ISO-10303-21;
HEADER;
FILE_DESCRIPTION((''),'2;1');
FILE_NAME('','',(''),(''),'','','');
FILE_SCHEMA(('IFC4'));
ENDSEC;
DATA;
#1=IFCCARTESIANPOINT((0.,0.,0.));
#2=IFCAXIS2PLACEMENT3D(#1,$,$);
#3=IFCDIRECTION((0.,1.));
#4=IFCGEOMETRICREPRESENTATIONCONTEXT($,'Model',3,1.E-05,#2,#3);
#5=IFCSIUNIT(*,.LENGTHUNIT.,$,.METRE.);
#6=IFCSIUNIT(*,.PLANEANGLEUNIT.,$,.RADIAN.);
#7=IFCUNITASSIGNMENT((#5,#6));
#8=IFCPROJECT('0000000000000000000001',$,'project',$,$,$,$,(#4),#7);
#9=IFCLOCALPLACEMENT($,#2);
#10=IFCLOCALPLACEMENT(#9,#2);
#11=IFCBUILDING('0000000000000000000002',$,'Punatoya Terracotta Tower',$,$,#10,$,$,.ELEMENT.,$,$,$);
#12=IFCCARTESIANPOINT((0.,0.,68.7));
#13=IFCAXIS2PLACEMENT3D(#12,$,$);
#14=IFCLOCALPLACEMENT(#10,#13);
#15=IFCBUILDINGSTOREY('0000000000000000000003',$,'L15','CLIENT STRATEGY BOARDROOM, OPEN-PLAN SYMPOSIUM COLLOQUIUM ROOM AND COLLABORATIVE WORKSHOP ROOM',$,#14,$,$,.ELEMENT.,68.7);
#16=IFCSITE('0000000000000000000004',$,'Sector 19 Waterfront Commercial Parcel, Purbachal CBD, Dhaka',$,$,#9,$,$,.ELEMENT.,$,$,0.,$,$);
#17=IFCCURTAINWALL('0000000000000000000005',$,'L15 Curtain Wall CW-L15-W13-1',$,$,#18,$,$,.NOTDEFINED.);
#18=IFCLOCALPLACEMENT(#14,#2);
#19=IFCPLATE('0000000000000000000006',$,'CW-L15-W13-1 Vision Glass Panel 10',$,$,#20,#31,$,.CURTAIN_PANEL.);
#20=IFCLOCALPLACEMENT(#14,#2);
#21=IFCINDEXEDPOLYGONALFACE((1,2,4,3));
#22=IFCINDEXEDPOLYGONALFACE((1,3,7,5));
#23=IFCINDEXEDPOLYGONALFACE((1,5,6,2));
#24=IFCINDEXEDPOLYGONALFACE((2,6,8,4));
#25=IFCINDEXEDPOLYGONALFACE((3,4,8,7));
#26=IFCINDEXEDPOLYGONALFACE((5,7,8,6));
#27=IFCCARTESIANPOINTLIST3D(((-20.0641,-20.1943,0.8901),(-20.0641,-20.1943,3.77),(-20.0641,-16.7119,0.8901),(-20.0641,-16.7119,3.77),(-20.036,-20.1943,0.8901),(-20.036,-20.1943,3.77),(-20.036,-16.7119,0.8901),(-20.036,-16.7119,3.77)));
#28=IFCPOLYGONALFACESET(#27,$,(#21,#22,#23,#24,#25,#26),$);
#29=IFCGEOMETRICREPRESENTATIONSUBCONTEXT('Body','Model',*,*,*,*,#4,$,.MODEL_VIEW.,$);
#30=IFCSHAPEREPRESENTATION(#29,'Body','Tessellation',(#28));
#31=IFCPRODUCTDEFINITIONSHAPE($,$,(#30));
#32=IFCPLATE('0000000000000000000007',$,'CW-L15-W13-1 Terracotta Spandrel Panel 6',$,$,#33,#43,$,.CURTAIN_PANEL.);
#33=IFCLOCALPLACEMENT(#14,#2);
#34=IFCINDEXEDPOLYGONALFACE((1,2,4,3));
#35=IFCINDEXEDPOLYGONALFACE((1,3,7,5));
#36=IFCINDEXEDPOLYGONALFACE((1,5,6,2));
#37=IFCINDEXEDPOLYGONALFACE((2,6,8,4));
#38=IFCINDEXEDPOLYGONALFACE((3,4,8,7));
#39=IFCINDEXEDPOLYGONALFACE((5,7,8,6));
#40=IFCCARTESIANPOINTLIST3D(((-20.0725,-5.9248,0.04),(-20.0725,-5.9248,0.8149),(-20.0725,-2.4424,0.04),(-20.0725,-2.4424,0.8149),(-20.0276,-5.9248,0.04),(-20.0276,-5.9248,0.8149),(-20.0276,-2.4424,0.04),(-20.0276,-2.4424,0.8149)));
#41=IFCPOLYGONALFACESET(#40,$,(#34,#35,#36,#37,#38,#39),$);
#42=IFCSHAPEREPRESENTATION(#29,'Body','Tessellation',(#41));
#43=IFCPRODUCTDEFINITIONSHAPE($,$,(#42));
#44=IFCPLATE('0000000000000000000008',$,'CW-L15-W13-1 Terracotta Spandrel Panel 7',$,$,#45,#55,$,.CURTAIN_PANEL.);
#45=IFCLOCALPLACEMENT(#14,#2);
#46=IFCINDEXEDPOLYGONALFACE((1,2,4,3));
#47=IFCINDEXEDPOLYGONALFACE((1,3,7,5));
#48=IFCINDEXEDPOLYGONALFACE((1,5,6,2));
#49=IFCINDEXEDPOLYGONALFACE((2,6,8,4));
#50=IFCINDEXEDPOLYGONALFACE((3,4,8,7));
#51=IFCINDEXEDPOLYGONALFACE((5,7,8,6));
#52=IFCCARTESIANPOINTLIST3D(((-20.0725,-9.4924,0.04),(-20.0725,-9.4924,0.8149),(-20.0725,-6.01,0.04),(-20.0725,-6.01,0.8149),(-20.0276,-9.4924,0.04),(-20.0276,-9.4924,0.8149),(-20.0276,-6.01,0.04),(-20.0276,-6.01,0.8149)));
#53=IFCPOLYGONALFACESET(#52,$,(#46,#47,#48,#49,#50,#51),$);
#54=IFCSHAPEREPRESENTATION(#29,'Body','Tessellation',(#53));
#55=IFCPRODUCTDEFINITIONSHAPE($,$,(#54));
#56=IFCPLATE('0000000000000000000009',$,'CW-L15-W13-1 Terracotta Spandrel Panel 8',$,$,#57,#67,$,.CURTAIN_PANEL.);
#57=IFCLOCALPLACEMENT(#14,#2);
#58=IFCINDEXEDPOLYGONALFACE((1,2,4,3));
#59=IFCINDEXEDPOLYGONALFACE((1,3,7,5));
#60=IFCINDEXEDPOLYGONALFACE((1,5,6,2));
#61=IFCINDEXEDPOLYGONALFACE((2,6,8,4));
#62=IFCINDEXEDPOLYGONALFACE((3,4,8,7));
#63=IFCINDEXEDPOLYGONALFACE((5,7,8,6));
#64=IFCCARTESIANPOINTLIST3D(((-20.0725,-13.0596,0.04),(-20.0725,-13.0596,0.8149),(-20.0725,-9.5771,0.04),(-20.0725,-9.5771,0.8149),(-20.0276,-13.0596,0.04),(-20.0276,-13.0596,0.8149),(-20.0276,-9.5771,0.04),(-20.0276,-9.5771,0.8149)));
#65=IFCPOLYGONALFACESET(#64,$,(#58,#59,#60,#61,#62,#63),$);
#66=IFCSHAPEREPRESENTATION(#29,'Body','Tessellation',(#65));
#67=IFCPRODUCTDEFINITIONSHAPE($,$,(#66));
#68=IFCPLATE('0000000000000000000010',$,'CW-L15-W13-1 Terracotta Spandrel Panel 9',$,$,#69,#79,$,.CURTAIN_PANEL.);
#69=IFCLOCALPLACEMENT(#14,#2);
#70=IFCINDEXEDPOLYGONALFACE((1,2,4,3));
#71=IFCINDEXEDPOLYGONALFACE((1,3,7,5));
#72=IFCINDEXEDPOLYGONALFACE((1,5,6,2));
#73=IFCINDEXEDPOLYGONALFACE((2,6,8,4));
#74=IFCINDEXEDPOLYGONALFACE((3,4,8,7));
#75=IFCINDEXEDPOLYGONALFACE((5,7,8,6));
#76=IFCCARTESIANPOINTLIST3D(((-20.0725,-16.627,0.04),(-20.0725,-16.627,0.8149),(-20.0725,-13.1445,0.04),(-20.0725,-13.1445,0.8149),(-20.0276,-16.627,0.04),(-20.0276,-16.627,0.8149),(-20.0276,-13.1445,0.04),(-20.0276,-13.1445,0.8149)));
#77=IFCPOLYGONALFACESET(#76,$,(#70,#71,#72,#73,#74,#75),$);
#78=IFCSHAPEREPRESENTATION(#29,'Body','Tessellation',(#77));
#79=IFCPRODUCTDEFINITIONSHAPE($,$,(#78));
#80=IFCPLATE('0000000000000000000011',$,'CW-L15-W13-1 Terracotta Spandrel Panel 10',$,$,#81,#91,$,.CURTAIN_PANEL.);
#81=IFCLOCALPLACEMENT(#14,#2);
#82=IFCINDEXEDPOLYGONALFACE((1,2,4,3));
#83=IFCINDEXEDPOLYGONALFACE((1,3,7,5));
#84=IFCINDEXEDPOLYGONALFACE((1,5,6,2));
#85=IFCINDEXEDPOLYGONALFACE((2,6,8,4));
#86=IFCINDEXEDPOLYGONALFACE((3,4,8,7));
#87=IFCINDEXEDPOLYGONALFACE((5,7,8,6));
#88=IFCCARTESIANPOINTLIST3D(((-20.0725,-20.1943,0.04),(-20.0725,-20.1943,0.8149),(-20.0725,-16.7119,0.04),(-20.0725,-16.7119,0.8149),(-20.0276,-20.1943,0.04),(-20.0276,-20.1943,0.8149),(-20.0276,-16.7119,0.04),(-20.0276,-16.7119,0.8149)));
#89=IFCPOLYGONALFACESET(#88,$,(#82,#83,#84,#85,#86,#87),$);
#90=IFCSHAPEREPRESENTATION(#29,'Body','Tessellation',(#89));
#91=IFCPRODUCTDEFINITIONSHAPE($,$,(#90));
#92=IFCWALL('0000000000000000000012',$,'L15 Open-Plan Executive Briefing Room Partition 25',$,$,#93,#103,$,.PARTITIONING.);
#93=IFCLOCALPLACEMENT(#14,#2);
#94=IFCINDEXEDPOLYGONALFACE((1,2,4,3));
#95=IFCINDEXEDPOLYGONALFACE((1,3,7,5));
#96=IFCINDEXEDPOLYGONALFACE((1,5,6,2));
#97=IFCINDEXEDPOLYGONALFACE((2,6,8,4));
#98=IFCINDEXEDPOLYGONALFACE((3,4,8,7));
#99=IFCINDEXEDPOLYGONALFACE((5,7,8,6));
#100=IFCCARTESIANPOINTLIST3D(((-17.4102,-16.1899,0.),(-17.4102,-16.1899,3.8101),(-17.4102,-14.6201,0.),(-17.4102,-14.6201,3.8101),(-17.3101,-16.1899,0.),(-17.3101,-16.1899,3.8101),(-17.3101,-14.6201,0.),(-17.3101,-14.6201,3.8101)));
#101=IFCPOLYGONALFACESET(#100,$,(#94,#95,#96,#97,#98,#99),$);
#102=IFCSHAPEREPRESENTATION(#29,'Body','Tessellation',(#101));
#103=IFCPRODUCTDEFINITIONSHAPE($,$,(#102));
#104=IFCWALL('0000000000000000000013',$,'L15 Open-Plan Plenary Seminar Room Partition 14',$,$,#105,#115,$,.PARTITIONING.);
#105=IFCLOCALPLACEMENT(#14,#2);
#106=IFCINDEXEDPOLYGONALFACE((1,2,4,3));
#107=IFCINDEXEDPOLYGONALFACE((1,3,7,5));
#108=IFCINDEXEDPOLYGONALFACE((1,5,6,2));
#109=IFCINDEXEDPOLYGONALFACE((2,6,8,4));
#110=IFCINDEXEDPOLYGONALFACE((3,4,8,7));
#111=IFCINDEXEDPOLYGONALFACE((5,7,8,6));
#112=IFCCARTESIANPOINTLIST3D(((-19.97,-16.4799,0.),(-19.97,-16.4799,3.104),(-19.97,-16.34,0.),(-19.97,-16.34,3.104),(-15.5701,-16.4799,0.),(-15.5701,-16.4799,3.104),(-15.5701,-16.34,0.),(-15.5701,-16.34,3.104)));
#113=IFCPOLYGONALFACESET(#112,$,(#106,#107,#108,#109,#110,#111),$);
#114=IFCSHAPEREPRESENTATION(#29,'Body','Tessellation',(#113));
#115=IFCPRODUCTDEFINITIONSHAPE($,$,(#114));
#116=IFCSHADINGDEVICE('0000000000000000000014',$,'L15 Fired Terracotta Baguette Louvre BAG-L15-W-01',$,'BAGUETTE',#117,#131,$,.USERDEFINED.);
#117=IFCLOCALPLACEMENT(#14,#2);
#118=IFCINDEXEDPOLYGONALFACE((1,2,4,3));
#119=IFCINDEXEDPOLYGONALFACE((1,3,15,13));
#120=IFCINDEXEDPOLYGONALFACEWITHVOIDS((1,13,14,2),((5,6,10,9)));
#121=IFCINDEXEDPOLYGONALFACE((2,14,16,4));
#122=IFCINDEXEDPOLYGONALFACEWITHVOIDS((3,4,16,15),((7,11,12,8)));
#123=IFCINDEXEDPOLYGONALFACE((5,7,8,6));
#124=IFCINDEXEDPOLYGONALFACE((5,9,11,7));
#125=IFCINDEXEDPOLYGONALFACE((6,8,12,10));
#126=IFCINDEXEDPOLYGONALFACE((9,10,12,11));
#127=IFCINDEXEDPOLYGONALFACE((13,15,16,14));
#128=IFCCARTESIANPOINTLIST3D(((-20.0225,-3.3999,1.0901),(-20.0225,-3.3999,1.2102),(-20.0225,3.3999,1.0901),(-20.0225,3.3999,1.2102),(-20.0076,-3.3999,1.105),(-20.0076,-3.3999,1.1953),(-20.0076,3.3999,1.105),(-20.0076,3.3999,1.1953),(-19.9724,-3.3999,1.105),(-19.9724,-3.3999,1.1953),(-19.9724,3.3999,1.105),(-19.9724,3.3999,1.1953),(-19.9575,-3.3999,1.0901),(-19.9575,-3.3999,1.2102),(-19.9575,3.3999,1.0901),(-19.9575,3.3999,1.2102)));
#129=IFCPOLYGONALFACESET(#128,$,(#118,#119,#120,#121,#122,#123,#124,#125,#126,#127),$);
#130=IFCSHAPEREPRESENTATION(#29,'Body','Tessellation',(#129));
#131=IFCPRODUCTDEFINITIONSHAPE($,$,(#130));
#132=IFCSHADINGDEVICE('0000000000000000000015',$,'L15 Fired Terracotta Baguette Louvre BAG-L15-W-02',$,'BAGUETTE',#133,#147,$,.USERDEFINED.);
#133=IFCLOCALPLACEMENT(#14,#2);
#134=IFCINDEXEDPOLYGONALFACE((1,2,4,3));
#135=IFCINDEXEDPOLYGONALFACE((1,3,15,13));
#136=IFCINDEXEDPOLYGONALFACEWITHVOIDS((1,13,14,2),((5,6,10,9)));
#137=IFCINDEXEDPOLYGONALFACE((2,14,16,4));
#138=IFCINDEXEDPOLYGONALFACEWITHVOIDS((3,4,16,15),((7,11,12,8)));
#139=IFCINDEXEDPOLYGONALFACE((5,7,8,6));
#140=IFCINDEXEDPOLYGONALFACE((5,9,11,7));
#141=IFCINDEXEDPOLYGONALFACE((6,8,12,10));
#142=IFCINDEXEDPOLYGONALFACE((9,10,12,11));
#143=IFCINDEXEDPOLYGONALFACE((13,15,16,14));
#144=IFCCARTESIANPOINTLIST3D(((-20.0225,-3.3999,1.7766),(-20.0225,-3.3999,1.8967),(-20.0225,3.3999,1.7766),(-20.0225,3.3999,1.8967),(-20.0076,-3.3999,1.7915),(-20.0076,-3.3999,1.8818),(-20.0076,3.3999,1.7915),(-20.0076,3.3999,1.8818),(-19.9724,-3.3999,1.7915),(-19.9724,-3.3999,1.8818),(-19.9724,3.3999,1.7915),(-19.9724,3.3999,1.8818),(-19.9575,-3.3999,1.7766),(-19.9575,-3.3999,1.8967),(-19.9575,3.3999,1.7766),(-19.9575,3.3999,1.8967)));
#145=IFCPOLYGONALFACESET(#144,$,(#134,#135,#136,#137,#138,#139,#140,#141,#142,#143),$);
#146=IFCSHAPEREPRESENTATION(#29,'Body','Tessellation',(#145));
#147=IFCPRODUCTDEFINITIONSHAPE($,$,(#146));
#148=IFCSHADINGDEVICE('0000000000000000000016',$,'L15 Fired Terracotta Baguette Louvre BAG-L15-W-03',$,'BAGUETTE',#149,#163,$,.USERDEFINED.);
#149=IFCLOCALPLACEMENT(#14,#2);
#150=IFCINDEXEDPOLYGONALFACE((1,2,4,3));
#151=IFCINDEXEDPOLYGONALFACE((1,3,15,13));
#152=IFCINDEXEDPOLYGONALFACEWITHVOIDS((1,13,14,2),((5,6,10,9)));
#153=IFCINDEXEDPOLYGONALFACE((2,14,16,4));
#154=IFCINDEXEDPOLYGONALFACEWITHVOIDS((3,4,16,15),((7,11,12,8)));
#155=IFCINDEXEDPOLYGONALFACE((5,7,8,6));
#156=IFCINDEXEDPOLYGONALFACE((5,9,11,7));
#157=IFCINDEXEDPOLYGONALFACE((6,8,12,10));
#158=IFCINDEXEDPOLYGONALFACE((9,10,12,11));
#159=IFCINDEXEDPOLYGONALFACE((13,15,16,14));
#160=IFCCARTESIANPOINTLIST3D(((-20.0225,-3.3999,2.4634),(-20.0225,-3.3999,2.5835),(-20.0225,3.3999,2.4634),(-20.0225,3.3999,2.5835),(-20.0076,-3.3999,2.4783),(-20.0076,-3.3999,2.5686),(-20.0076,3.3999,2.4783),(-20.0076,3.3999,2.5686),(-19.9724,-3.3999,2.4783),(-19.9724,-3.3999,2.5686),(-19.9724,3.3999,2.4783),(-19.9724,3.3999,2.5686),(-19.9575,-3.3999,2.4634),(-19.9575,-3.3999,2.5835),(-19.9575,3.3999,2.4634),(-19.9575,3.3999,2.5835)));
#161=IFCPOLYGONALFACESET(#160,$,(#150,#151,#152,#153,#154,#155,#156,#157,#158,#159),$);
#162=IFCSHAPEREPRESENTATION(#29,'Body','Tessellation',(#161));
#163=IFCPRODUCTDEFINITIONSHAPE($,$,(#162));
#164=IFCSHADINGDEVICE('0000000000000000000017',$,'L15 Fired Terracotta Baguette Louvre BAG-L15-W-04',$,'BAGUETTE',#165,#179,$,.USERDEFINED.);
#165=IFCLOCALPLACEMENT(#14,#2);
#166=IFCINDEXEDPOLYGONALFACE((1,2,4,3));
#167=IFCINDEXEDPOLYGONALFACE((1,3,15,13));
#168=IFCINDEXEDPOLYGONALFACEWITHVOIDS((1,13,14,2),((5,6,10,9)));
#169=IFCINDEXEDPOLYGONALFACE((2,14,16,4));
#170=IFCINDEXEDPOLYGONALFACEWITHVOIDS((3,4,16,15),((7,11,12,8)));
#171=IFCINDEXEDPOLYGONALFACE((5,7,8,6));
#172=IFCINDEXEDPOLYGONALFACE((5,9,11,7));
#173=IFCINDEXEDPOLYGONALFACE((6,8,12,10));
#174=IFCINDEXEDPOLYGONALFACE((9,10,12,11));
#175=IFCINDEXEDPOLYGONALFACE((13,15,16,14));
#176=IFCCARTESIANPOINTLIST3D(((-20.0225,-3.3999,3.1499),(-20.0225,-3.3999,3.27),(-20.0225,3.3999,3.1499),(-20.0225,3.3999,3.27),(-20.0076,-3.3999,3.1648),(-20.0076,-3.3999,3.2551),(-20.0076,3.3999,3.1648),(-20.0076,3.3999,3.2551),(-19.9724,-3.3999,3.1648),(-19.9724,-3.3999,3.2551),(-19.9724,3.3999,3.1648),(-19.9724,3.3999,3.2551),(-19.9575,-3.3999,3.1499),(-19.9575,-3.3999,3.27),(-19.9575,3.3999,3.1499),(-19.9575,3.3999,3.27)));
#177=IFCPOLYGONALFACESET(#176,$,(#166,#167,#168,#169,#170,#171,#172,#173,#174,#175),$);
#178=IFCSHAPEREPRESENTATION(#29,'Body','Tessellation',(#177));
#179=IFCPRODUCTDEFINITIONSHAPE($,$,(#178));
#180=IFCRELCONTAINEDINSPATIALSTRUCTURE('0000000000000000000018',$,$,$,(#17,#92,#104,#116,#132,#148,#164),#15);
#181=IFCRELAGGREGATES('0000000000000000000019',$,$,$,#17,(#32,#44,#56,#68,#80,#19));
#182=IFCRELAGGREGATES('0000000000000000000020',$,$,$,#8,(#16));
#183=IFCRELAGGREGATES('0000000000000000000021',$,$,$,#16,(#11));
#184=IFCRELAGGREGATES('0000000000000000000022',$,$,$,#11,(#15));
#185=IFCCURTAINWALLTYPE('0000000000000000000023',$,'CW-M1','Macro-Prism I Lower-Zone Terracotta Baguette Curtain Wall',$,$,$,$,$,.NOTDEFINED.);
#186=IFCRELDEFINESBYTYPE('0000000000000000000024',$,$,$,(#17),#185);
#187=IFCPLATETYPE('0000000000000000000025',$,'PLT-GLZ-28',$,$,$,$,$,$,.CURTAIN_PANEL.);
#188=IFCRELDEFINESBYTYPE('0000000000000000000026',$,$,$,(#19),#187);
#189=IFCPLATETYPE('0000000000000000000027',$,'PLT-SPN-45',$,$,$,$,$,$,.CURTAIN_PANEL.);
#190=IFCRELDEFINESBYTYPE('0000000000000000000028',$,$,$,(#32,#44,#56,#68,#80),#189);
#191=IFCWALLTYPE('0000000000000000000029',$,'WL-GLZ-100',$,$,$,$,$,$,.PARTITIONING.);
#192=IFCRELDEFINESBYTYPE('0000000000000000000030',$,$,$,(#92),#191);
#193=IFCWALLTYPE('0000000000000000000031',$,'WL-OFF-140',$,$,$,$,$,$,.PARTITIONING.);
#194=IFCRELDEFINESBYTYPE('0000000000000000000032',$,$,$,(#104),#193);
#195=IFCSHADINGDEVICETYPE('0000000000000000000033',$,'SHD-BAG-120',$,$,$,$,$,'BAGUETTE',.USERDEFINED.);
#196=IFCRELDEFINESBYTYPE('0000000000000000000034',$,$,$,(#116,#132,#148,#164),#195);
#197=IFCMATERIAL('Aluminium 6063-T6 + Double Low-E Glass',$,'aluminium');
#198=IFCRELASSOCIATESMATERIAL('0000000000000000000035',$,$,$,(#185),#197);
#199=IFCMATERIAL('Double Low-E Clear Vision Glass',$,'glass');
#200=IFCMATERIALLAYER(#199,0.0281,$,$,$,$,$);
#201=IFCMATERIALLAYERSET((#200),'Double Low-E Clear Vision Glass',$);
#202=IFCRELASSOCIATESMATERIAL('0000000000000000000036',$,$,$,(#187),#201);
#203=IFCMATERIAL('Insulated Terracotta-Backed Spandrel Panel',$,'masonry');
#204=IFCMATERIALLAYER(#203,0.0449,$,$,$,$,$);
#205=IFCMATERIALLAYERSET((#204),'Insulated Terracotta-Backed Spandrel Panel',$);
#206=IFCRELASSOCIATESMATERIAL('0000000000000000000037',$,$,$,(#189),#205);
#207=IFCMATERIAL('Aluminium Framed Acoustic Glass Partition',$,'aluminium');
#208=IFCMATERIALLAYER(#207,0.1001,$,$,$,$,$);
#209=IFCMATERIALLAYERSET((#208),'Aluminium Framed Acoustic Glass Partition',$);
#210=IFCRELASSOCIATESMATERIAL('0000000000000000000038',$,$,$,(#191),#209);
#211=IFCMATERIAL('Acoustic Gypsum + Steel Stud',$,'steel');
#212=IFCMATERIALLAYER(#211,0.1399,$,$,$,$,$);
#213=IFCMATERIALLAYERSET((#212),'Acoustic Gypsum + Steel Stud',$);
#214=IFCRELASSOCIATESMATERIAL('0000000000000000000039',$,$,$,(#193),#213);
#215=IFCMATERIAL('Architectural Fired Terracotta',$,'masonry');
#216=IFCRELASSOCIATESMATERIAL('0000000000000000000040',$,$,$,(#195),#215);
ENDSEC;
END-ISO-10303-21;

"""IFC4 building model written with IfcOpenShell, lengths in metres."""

from ifc_helpers import new_model, si_unit, direction, frame, frame_2d, origin, origin_2d, place, context, subcontext, project, spatial, rectangle, hollow_rectangle, extrude, material, layer, layer_set, material_profile, profile_set, type_object, element, aggregate, save


model = new_model("IFC4")

# Units and contexts
model_context = context("Model", 3, precision=1e-05, world=origin(), true_north=direction((0.0, 1.0)))
body_context = subcontext(model_context, "Body", "Model", "MODEL_VIEW")
ifc_project = project(units=[si_unit("LENGTHUNIT", "METRE"), si_unit("PLANEANGLEUNIT", "RADIAN")], contexts=[model_context])

# Site, building, storey
site_placement = place(None, origin())
site = spatial("IfcSite", under=ifc_project, at=site_placement, Name="Sector 19 Waterfront Commercial Parcel, Purbachal CBD, Dhaka", CompositionType="ELEMENT", RefElevation=0.0)
building_placement = place(site_placement, origin())
building = spatial("IfcBuilding", under=site, at=building_placement, Name="Punatoya Terracotta Tower", CompositionType="ELEMENT")
storey_placement = place(building_placement, frame((0.0, 0.0, 68.7)))
storey = spatial("IfcBuildingStorey", under=building, at=storey_placement, Name="L15", Description="CLIENT STRATEGY BOARDROOM, OPEN-PLAN SYMPOSIUM COLLOQUIUM ROOM AND COLLABORATIVE WORKSHOP ROOM", CompositionType="ELEMENT", Elevation=68.7)

# Curtain wall, plates
ifc_material_1 = material(Name="Aluminium 6063-T6 + Double Low-E Glass", Category="aluminium")
curtain_wall_type = type_object("IfcCurtainWallType", Name="CW-M1", Description="Macro-Prism I Lower-Zone Terracotta Baguette Curtain Wall", PredefinedType="NOTDEFINED", material=ifc_material_1)
curtain_wall_placement = place(storey_placement, origin())
curtain_wall = element("IfcCurtainWall", 1, at=curtain_wall_placement, inside=storey, type_object=curtain_wall_type, Name="L15 Curtain Wall CW-L15-W13-1", PredefinedType="NOTDEFINED")
ifc_material_2 = material(Name="Double Low-E Clear Vision Glass", Category="glass")
ifc_layer_1 = layer(ifc_material_2, 0.0281)
ifc_layer_set_1 = layer_set([ifc_layer_1], Name="Double Low-E Clear Vision Glass")
plate_type_1 = type_object("IfcPlateType", Name="PLT-GLZ-28", PredefinedType="CURTAIN_PANEL", material=ifc_layer_set_1)
plate_1_placement = place(storey_placement, frame((-20.05, -18.4531, 0.8901), z_axis=(0.0, 0.0, 1.0), x_axis=(0.0, -1.0, 0.0)))
plate_1 = element("IfcPlate", 2, at=plate_1_placement, type_object=plate_type_1, Name="CW-L15-W13-1 Vision Glass Panel 10", PredefinedType="CURTAIN_PANEL", context=body_context, shape_type="SweptSolid", body=[
    extrude(rectangle(XDim=3.4824, YDim=0.0281, at=origin_2d()), origin(), (0.0, 0.0, 1.0), 2.8799),
])
ifc_material_3 = material(Name="Insulated Terracotta-Backed Spandrel Panel", Category="masonry")
ifc_layer_2 = layer(ifc_material_3, 0.0449)
ifc_layer_set_2 = layer_set([ifc_layer_2], Name="Insulated Terracotta-Backed Spandrel Panel")
plate_type_2 = type_object("IfcPlateType", Name="PLT-SPN-45", PredefinedType="CURTAIN_PANEL", material=ifc_layer_set_2)
plate_2_placement = place(storey_placement, frame((-20.05, -4.1836, 0.04), z_axis=(0.0, 0.0, 1.0), x_axis=(0.0, -1.0, 0.0)))
plate_2 = element("IfcPlate", 3, at=plate_2_placement, type_object=plate_type_2, Name="CW-L15-W13-1 Terracotta Spandrel Panel 6", PredefinedType="CURTAIN_PANEL", context=body_context, shape_type="SweptSolid", body=[
    extrude(rectangle(XDim=3.4824, YDim=0.0449, at=origin_2d()), origin(), (0.0, 0.0, 1.0), 0.7749),
])
plate_3_placement = place(storey_placement, frame((-20.05, -7.7512, 0.04), z_axis=(0.0, 0.0, 1.0), x_axis=(0.0, -1.0, 0.0)))
plate_3 = element("IfcPlate", 4, at=plate_3_placement, type_object=plate_type_2, Name="CW-L15-W13-1 Terracotta Spandrel Panel 7", PredefinedType="CURTAIN_PANEL", context=body_context, shape_type="SweptSolid", body=[
    extrude(rectangle(XDim=3.4824, YDim=0.0449, at=origin_2d()), origin(), (0.0, 0.0, 1.0), 0.7749),
])
plate_4_placement = place(storey_placement, frame((-20.05, -11.3184, 0.04), z_axis=(0.0, 0.0, 1.0), x_axis=(0.0, -1.0, 0.0)))
plate_4 = element("IfcPlate", 5, at=plate_4_placement, type_object=plate_type_2, Name="CW-L15-W13-1 Terracotta Spandrel Panel 8", PredefinedType="CURTAIN_PANEL", context=body_context, shape_type="SweptSolid", body=[
    extrude(rectangle(XDim=3.4824, YDim=0.0449, at=origin_2d()), origin(), (0.0, 0.0, 1.0), 0.7749),
])
plate_5_placement = place(storey_placement, frame((-20.05, -14.8857, 0.04), z_axis=(0.0, 0.0, 1.0), x_axis=(0.0, -1.0, 0.0)))
plate_5 = element("IfcPlate", 6, at=plate_5_placement, type_object=plate_type_2, Name="CW-L15-W13-1 Terracotta Spandrel Panel 9", PredefinedType="CURTAIN_PANEL", context=body_context, shape_type="SweptSolid", body=[
    extrude(rectangle(XDim=3.4824, YDim=0.0449, at=origin_2d()), origin(), (0.0, 0.0, 1.0), 0.7749),
])
plate_6_placement = place(storey_placement, frame((-20.05, -18.4531, 0.04), z_axis=(0.0, 0.0, 1.0), x_axis=(0.0, -1.0, 0.0)))
plate_6 = element("IfcPlate", 7, at=plate_6_placement, type_object=plate_type_2, Name="CW-L15-W13-1 Terracotta Spandrel Panel 10", PredefinedType="CURTAIN_PANEL", context=body_context, shape_type="SweptSolid", body=[
    extrude(rectangle(XDim=3.4824, YDim=0.0449, at=origin_2d()), origin(), (0.0, 0.0, 1.0), 0.7749),
])
aggregate(curtain_wall, [plate_2, plate_3, plate_4, plate_5, plate_6, plate_1])

# Walls
ifc_material_4 = material(Name="Aluminium Framed Acoustic Glass Partition", Category="aluminium")
ifc_layer_3 = layer(ifc_material_4, 0.1001)
ifc_layer_set_3 = layer_set([ifc_layer_3], Name="Aluminium Framed Acoustic Glass Partition")
wall_type_1 = type_object("IfcWallType", Name="WL-GLZ-100", PredefinedType="PARTITIONING", material=ifc_layer_set_3)
wall_1_placement = place(storey_placement, frame((-17.3601, -14.6201, 0.0), z_axis=(0.0, 0.0, 1.0), x_axis=(0.0, -1.0, 0.0)))
element("IfcWall", 8, at=wall_1_placement, inside=storey, type_object=wall_type_1, Name="L15 Open-Plan Executive Briefing Room Partition 25", PredefinedType="PARTITIONING", context=body_context, shape_type="SweptSolid", body=[
    extrude(rectangle(XDim=1.5698, YDim=0.1001, at=frame_2d((0.7849, 0.0))), origin(), (0.0, 0.0, 1.0), 3.8101),
])
ifc_material_5 = material(Name="Acoustic Gypsum + Steel Stud", Category="steel")
ifc_layer_4 = layer(ifc_material_5, 0.1399)
ifc_layer_set_4 = layer_set([ifc_layer_4], Name="Acoustic Gypsum + Steel Stud")
wall_type_2 = type_object("IfcWallType", Name="WL-OFF-140", PredefinedType="PARTITIONING", material=ifc_layer_set_4)
wall_2_placement = place(storey_placement, frame((-19.97, -16.4099, 0.0), z_axis=(0.0, 0.0, 1.0), x_axis=(1.0, 0.0, 0.0)))
element("IfcWall", 9, at=wall_2_placement, inside=storey, type_object=wall_type_2, Name="L15 Open-Plan Plenary Seminar Room Partition 14", PredefinedType="PARTITIONING", context=body_context, shape_type="SweptSolid", body=[
    extrude(rectangle(XDim=4.3999, YDim=0.1399, at=frame_2d((2.2, 0.0))), origin(), (0.0, 0.0, 1.0), 3.104),
])

# Shading devices
ifc_material_6 = material(Name="Architectural Fired Terracotta", Category="masonry")
ifc_material_profile_1 = material_profile(ifc_material_6, hollow_rectangle(XDim=0.0649, YDim=0.1201, WallThickness=0.0149, at=origin_2d()))
ifc_profile_set_1 = profile_set([ifc_material_profile_1], Name="Architectural Fired Terracotta")
shading_device_type = type_object("IfcShadingDeviceType", Name="SHD-BAG-120", ElementType="BAGUETTE", PredefinedType="USERDEFINED", material=ifc_profile_set_1)
for number, where, z_axis, x_axis, name in (
    (10, (-19.99, -3.3999, 1.1501), (0.0, 1.0, 0.0), (-1.0, 0.0, 0.0), "L15 Fired Terracotta Baguette Louvre BAG-L15-W-01"),
    (11, (-19.99, -3.3999, 1.8367), (0.0, 1.0, 0.0), (-1.0, 0.0, 0.0), "L15 Fired Terracotta Baguette Louvre BAG-L15-W-02"),
    (12, (-19.99, -3.3999, 2.5234), (0.0, 1.0, 0.0), (-1.0, 0.0, 0.0), "L15 Fired Terracotta Baguette Louvre BAG-L15-W-03"),
    (13, (-19.99, -3.3999, 3.21), (0.0, 1.0, 0.0), (-1.0, 0.0, 0.0), "L15 Fired Terracotta Baguette Louvre BAG-L15-W-04"),
):
    element("IfcShadingDevice", number, at=place(storey_placement, frame(where, z_axis=z_axis, x_axis=x_axis)), inside=storey, type_object=shading_device_type, Name=name, ObjectType="BAGUETTE", PredefinedType="USERDEFINED", context=body_context, shape_type="SweptSolid", body=[
        extrude(hollow_rectangle(XDim=0.0649, YDim=0.1201, WallThickness=0.0149, at=origin_2d()), origin(), (0.0, 0.0, 1.0), 6.7998),
    ])

save(model, "model.ifc")
